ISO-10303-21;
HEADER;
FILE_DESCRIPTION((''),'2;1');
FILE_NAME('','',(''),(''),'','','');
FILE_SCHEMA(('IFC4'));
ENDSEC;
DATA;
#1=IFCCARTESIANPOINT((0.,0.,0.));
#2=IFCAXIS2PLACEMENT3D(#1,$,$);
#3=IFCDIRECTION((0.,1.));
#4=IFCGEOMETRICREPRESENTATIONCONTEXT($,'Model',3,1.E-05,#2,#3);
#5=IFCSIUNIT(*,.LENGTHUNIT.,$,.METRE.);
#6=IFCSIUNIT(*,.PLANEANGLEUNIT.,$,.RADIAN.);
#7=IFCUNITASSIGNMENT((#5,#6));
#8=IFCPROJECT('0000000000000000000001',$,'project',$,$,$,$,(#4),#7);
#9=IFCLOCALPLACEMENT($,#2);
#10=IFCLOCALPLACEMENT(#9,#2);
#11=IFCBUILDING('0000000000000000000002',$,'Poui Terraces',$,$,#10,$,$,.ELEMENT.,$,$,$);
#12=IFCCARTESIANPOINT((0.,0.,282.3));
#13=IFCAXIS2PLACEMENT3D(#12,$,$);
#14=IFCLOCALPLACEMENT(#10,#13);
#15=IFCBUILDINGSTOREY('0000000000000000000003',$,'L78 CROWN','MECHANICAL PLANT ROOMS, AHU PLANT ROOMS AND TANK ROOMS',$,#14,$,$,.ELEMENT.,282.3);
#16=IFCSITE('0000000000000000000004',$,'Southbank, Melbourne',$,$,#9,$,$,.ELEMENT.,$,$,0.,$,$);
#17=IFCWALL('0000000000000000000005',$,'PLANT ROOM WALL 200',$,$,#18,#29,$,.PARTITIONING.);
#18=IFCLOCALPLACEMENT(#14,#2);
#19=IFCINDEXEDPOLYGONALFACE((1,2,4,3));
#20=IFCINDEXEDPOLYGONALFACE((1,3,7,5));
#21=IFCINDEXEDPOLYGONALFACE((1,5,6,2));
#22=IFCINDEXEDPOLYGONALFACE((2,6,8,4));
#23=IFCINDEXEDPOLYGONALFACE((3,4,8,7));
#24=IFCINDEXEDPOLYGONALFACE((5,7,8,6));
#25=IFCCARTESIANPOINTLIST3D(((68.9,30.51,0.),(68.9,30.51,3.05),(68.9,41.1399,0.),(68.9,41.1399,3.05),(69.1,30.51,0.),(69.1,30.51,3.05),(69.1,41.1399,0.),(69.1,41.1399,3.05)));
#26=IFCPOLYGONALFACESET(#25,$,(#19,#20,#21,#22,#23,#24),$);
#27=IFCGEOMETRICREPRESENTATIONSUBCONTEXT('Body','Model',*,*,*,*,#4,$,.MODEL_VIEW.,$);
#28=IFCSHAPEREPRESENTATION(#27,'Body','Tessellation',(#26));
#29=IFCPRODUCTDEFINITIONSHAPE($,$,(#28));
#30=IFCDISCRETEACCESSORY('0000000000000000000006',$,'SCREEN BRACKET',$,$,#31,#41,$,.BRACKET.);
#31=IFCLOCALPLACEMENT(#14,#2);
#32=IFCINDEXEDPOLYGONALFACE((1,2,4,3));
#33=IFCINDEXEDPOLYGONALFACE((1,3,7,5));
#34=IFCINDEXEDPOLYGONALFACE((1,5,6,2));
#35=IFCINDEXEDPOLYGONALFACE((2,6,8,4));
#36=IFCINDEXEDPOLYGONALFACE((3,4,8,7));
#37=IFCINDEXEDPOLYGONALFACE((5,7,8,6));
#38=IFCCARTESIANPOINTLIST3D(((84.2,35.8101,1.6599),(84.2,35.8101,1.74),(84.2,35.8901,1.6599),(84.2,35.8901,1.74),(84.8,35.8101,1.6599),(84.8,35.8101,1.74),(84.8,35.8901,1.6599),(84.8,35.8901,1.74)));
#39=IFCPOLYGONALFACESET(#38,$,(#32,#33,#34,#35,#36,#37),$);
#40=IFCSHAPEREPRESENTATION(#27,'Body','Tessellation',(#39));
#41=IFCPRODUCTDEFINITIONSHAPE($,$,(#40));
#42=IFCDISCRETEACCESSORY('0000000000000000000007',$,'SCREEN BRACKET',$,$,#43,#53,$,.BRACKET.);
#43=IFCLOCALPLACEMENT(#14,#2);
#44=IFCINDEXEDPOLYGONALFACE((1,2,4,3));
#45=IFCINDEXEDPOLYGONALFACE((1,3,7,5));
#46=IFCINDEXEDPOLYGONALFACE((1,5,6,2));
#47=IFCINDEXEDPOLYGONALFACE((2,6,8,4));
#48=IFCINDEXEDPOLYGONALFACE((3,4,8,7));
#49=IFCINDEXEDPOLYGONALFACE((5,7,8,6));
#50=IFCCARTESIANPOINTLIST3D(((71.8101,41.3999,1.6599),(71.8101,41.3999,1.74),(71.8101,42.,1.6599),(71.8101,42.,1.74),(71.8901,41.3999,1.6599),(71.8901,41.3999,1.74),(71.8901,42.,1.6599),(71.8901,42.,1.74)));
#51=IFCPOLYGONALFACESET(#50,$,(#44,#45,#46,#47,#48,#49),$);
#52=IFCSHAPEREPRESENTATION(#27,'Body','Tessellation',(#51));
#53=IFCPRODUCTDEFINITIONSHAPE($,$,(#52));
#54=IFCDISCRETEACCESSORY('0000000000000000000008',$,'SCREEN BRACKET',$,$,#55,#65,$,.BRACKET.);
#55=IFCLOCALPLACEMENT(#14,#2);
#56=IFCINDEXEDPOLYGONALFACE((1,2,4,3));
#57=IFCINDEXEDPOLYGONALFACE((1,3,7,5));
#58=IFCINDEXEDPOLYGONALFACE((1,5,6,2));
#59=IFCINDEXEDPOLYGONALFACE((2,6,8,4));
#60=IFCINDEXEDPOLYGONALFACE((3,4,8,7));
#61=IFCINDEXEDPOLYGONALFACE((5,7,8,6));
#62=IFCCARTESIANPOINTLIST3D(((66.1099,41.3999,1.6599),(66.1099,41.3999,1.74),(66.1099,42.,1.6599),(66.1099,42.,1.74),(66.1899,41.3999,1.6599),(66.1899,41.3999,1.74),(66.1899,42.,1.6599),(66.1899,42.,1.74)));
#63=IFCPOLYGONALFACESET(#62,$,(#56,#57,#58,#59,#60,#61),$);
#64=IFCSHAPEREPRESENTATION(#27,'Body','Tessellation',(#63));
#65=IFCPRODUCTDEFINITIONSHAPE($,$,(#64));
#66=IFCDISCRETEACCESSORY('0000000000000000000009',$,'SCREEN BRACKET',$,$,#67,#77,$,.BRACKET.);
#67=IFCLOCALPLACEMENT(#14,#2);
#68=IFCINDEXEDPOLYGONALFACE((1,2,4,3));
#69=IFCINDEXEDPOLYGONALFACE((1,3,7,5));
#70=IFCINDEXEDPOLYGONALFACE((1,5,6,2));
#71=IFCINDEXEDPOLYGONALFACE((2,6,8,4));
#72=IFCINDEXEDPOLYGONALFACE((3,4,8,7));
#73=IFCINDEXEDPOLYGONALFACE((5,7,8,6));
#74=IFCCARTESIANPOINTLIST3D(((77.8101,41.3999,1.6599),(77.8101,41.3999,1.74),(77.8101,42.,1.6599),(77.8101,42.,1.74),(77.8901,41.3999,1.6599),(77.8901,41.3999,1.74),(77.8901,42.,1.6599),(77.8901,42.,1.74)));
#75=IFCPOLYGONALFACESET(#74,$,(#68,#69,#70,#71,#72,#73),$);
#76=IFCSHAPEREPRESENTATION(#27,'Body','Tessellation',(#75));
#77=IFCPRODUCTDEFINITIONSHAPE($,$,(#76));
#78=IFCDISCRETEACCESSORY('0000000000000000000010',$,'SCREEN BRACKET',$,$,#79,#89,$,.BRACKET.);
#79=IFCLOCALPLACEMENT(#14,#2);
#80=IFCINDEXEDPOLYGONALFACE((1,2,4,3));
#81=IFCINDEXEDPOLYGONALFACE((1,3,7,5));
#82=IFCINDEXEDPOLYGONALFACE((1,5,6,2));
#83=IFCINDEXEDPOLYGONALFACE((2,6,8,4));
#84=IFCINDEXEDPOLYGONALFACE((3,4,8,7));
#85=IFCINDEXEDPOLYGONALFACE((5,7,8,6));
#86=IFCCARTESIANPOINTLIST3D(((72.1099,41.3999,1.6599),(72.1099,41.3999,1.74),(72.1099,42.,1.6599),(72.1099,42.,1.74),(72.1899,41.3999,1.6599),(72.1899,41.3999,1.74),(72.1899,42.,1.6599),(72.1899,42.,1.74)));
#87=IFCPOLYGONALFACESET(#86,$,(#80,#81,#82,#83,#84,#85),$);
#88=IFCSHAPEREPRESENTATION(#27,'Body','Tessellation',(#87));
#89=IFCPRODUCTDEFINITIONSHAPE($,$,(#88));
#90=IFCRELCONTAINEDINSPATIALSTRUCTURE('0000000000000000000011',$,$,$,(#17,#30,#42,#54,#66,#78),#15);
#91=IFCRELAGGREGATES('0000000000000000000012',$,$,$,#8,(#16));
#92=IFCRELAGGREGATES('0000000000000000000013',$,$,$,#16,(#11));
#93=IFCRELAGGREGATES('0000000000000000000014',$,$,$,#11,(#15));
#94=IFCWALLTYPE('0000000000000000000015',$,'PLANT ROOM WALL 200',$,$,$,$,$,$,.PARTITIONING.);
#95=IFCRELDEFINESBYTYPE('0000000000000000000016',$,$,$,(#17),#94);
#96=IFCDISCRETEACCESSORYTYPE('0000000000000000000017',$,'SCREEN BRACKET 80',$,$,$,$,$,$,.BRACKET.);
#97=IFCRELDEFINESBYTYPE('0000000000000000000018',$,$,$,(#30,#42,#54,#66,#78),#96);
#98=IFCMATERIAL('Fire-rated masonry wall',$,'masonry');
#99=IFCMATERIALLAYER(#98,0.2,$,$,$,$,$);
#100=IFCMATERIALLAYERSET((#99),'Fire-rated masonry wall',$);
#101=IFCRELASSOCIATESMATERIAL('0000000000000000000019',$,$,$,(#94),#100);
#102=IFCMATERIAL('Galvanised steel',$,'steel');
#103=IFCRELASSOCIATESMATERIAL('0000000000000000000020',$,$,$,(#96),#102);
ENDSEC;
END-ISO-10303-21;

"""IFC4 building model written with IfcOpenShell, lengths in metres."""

from ifc_helpers import new_model, si_unit, direction, frame, frame_2d, origin, origin_2d, place, context, subcontext, project, spatial, rectangle, extrude, source, transform, mapped, material, layer, layer_set, material_profile, profile_set, type_object, element, save


model = new_model("IFC4")

# Units and contexts
model_context = context("Model", 3, precision=1e-05, world=origin(), true_north=direction((0.0, 1.0)))
body_context = subcontext(model_context, "Body", "Model", "MODEL_VIEW")
ifc_project = project(units=[si_unit("LENGTHUNIT", "METRE"), si_unit("PLANEANGLEUNIT", "RADIAN")], contexts=[model_context])

# Site, building, storey
site_placement = place(None, origin())
site = spatial("IfcSite", under=ifc_project, at=site_placement, Name="Southbank, Melbourne", CompositionType="ELEMENT", RefElevation=0.0)
building_placement = place(site_placement, origin())
building = spatial("IfcBuilding", under=site, at=building_placement, Name="Poui Terraces", CompositionType="ELEMENT")
storey_placement = place(building_placement, frame((0.0, 0.0, 282.3)))
storey = spatial("IfcBuildingStorey", under=building, at=storey_placement, Name="L78 CROWN", Description="MECHANICAL PLANT ROOMS, AHU PLANT ROOMS AND TANK ROOMS", CompositionType="ELEMENT", Elevation=282.3)

# Wall
ifc_material_1 = material(Name="Fire-rated masonry wall", Category="masonry")
ifc_layer_1 = layer(ifc_material_1, 0.2)
ifc_layer_set_1 = layer_set([ifc_layer_1], Name="Fire-rated masonry wall")
wall_type_1 = type_object("IfcWallType", Name="PLANT ROOM WALL 200", PredefinedType="PARTITIONING", material=ifc_layer_set_1)
wall_1_placement = place(storey_placement, frame((69.0, 30.51, 0.0), z_axis=(0.0, 0.0, 1.0), x_axis=(0.0, 1.0, 0.0)))
element("IfcWall", 1, at=wall_1_placement, inside=storey, type_object=wall_type_1, Name="PLANT ROOM WALL 200", PredefinedType="PARTITIONING", context=body_context, shape_type="SweptSolid", body=[
    extrude(rectangle(XDim=10.6299, YDim=0.2, at=frame_2d((5.3149, 0.0))), origin(), (0.0, 0.0, 1.0), 3.05),
])

# Discrete accessories
ifc_material_2 = material(Name="Galvanised steel", Category="steel")
ifc_material_profile_1 = material_profile(ifc_material_2, rectangle(XDim=0.0801, YDim=0.0801, at=origin_2d()), Name="SCREEN BRACKET 80")
ifc_profile_set_1 = profile_set([ifc_material_profile_1], Name="Galvanised steel")
discrete_accessory_type = type_object("IfcDiscreteAccessoryType", Name="SCREEN BRACKET 80", PredefinedType="BRACKET", material=ifc_profile_set_1)
shared_shape_1 = source(origin(), body_context, "Body", "SweptSolid", [
    extrude(rectangle(XDim=0.0801, YDim=0.0801, at=origin_2d()), origin(), (0.0, 0.0, 1.0), 0.6001),
])
for number, where, z_axis, x_axis, name in (
    (2, (84.2, 35.8501, 1.7), (1.0, 0.0, 0.0), (0.0, 1.0, 0.0), "SCREEN BRACKET"),
    (3, (71.8501, 41.3999, 1.7), (0.0, 1.0, 0.0), (-1.0, 0.0, 0.0), "SCREEN BRACKET"),
    (4, (66.1499, 41.3999, 1.7), (0.0, 1.0, 0.0), (-1.0, 0.0, 0.0), "SCREEN BRACKET"),
    (5, (77.8501, 41.3999, 1.7), (0.0, 1.0, 0.0), (-1.0, 0.0, 0.0), "SCREEN BRACKET"),
    (6, (72.1499, 41.3999, 1.7), (0.0, 1.0, 0.0), (-1.0, 0.0, 0.0), "SCREEN BRACKET"),
):
    element("IfcDiscreteAccessory", number, at=place(storey_placement, frame(where, z_axis=z_axis, x_axis=x_axis)), inside=storey, type_object=discrete_accessory_type, Name=name, PredefinedType="BRACKET", context=body_context, shape_type="MappedRepresentation", body=[
        mapped(shared_shape_1, transform((0.0, 0.0, 0.0))),
    ])

save(model, "model.ifc")
